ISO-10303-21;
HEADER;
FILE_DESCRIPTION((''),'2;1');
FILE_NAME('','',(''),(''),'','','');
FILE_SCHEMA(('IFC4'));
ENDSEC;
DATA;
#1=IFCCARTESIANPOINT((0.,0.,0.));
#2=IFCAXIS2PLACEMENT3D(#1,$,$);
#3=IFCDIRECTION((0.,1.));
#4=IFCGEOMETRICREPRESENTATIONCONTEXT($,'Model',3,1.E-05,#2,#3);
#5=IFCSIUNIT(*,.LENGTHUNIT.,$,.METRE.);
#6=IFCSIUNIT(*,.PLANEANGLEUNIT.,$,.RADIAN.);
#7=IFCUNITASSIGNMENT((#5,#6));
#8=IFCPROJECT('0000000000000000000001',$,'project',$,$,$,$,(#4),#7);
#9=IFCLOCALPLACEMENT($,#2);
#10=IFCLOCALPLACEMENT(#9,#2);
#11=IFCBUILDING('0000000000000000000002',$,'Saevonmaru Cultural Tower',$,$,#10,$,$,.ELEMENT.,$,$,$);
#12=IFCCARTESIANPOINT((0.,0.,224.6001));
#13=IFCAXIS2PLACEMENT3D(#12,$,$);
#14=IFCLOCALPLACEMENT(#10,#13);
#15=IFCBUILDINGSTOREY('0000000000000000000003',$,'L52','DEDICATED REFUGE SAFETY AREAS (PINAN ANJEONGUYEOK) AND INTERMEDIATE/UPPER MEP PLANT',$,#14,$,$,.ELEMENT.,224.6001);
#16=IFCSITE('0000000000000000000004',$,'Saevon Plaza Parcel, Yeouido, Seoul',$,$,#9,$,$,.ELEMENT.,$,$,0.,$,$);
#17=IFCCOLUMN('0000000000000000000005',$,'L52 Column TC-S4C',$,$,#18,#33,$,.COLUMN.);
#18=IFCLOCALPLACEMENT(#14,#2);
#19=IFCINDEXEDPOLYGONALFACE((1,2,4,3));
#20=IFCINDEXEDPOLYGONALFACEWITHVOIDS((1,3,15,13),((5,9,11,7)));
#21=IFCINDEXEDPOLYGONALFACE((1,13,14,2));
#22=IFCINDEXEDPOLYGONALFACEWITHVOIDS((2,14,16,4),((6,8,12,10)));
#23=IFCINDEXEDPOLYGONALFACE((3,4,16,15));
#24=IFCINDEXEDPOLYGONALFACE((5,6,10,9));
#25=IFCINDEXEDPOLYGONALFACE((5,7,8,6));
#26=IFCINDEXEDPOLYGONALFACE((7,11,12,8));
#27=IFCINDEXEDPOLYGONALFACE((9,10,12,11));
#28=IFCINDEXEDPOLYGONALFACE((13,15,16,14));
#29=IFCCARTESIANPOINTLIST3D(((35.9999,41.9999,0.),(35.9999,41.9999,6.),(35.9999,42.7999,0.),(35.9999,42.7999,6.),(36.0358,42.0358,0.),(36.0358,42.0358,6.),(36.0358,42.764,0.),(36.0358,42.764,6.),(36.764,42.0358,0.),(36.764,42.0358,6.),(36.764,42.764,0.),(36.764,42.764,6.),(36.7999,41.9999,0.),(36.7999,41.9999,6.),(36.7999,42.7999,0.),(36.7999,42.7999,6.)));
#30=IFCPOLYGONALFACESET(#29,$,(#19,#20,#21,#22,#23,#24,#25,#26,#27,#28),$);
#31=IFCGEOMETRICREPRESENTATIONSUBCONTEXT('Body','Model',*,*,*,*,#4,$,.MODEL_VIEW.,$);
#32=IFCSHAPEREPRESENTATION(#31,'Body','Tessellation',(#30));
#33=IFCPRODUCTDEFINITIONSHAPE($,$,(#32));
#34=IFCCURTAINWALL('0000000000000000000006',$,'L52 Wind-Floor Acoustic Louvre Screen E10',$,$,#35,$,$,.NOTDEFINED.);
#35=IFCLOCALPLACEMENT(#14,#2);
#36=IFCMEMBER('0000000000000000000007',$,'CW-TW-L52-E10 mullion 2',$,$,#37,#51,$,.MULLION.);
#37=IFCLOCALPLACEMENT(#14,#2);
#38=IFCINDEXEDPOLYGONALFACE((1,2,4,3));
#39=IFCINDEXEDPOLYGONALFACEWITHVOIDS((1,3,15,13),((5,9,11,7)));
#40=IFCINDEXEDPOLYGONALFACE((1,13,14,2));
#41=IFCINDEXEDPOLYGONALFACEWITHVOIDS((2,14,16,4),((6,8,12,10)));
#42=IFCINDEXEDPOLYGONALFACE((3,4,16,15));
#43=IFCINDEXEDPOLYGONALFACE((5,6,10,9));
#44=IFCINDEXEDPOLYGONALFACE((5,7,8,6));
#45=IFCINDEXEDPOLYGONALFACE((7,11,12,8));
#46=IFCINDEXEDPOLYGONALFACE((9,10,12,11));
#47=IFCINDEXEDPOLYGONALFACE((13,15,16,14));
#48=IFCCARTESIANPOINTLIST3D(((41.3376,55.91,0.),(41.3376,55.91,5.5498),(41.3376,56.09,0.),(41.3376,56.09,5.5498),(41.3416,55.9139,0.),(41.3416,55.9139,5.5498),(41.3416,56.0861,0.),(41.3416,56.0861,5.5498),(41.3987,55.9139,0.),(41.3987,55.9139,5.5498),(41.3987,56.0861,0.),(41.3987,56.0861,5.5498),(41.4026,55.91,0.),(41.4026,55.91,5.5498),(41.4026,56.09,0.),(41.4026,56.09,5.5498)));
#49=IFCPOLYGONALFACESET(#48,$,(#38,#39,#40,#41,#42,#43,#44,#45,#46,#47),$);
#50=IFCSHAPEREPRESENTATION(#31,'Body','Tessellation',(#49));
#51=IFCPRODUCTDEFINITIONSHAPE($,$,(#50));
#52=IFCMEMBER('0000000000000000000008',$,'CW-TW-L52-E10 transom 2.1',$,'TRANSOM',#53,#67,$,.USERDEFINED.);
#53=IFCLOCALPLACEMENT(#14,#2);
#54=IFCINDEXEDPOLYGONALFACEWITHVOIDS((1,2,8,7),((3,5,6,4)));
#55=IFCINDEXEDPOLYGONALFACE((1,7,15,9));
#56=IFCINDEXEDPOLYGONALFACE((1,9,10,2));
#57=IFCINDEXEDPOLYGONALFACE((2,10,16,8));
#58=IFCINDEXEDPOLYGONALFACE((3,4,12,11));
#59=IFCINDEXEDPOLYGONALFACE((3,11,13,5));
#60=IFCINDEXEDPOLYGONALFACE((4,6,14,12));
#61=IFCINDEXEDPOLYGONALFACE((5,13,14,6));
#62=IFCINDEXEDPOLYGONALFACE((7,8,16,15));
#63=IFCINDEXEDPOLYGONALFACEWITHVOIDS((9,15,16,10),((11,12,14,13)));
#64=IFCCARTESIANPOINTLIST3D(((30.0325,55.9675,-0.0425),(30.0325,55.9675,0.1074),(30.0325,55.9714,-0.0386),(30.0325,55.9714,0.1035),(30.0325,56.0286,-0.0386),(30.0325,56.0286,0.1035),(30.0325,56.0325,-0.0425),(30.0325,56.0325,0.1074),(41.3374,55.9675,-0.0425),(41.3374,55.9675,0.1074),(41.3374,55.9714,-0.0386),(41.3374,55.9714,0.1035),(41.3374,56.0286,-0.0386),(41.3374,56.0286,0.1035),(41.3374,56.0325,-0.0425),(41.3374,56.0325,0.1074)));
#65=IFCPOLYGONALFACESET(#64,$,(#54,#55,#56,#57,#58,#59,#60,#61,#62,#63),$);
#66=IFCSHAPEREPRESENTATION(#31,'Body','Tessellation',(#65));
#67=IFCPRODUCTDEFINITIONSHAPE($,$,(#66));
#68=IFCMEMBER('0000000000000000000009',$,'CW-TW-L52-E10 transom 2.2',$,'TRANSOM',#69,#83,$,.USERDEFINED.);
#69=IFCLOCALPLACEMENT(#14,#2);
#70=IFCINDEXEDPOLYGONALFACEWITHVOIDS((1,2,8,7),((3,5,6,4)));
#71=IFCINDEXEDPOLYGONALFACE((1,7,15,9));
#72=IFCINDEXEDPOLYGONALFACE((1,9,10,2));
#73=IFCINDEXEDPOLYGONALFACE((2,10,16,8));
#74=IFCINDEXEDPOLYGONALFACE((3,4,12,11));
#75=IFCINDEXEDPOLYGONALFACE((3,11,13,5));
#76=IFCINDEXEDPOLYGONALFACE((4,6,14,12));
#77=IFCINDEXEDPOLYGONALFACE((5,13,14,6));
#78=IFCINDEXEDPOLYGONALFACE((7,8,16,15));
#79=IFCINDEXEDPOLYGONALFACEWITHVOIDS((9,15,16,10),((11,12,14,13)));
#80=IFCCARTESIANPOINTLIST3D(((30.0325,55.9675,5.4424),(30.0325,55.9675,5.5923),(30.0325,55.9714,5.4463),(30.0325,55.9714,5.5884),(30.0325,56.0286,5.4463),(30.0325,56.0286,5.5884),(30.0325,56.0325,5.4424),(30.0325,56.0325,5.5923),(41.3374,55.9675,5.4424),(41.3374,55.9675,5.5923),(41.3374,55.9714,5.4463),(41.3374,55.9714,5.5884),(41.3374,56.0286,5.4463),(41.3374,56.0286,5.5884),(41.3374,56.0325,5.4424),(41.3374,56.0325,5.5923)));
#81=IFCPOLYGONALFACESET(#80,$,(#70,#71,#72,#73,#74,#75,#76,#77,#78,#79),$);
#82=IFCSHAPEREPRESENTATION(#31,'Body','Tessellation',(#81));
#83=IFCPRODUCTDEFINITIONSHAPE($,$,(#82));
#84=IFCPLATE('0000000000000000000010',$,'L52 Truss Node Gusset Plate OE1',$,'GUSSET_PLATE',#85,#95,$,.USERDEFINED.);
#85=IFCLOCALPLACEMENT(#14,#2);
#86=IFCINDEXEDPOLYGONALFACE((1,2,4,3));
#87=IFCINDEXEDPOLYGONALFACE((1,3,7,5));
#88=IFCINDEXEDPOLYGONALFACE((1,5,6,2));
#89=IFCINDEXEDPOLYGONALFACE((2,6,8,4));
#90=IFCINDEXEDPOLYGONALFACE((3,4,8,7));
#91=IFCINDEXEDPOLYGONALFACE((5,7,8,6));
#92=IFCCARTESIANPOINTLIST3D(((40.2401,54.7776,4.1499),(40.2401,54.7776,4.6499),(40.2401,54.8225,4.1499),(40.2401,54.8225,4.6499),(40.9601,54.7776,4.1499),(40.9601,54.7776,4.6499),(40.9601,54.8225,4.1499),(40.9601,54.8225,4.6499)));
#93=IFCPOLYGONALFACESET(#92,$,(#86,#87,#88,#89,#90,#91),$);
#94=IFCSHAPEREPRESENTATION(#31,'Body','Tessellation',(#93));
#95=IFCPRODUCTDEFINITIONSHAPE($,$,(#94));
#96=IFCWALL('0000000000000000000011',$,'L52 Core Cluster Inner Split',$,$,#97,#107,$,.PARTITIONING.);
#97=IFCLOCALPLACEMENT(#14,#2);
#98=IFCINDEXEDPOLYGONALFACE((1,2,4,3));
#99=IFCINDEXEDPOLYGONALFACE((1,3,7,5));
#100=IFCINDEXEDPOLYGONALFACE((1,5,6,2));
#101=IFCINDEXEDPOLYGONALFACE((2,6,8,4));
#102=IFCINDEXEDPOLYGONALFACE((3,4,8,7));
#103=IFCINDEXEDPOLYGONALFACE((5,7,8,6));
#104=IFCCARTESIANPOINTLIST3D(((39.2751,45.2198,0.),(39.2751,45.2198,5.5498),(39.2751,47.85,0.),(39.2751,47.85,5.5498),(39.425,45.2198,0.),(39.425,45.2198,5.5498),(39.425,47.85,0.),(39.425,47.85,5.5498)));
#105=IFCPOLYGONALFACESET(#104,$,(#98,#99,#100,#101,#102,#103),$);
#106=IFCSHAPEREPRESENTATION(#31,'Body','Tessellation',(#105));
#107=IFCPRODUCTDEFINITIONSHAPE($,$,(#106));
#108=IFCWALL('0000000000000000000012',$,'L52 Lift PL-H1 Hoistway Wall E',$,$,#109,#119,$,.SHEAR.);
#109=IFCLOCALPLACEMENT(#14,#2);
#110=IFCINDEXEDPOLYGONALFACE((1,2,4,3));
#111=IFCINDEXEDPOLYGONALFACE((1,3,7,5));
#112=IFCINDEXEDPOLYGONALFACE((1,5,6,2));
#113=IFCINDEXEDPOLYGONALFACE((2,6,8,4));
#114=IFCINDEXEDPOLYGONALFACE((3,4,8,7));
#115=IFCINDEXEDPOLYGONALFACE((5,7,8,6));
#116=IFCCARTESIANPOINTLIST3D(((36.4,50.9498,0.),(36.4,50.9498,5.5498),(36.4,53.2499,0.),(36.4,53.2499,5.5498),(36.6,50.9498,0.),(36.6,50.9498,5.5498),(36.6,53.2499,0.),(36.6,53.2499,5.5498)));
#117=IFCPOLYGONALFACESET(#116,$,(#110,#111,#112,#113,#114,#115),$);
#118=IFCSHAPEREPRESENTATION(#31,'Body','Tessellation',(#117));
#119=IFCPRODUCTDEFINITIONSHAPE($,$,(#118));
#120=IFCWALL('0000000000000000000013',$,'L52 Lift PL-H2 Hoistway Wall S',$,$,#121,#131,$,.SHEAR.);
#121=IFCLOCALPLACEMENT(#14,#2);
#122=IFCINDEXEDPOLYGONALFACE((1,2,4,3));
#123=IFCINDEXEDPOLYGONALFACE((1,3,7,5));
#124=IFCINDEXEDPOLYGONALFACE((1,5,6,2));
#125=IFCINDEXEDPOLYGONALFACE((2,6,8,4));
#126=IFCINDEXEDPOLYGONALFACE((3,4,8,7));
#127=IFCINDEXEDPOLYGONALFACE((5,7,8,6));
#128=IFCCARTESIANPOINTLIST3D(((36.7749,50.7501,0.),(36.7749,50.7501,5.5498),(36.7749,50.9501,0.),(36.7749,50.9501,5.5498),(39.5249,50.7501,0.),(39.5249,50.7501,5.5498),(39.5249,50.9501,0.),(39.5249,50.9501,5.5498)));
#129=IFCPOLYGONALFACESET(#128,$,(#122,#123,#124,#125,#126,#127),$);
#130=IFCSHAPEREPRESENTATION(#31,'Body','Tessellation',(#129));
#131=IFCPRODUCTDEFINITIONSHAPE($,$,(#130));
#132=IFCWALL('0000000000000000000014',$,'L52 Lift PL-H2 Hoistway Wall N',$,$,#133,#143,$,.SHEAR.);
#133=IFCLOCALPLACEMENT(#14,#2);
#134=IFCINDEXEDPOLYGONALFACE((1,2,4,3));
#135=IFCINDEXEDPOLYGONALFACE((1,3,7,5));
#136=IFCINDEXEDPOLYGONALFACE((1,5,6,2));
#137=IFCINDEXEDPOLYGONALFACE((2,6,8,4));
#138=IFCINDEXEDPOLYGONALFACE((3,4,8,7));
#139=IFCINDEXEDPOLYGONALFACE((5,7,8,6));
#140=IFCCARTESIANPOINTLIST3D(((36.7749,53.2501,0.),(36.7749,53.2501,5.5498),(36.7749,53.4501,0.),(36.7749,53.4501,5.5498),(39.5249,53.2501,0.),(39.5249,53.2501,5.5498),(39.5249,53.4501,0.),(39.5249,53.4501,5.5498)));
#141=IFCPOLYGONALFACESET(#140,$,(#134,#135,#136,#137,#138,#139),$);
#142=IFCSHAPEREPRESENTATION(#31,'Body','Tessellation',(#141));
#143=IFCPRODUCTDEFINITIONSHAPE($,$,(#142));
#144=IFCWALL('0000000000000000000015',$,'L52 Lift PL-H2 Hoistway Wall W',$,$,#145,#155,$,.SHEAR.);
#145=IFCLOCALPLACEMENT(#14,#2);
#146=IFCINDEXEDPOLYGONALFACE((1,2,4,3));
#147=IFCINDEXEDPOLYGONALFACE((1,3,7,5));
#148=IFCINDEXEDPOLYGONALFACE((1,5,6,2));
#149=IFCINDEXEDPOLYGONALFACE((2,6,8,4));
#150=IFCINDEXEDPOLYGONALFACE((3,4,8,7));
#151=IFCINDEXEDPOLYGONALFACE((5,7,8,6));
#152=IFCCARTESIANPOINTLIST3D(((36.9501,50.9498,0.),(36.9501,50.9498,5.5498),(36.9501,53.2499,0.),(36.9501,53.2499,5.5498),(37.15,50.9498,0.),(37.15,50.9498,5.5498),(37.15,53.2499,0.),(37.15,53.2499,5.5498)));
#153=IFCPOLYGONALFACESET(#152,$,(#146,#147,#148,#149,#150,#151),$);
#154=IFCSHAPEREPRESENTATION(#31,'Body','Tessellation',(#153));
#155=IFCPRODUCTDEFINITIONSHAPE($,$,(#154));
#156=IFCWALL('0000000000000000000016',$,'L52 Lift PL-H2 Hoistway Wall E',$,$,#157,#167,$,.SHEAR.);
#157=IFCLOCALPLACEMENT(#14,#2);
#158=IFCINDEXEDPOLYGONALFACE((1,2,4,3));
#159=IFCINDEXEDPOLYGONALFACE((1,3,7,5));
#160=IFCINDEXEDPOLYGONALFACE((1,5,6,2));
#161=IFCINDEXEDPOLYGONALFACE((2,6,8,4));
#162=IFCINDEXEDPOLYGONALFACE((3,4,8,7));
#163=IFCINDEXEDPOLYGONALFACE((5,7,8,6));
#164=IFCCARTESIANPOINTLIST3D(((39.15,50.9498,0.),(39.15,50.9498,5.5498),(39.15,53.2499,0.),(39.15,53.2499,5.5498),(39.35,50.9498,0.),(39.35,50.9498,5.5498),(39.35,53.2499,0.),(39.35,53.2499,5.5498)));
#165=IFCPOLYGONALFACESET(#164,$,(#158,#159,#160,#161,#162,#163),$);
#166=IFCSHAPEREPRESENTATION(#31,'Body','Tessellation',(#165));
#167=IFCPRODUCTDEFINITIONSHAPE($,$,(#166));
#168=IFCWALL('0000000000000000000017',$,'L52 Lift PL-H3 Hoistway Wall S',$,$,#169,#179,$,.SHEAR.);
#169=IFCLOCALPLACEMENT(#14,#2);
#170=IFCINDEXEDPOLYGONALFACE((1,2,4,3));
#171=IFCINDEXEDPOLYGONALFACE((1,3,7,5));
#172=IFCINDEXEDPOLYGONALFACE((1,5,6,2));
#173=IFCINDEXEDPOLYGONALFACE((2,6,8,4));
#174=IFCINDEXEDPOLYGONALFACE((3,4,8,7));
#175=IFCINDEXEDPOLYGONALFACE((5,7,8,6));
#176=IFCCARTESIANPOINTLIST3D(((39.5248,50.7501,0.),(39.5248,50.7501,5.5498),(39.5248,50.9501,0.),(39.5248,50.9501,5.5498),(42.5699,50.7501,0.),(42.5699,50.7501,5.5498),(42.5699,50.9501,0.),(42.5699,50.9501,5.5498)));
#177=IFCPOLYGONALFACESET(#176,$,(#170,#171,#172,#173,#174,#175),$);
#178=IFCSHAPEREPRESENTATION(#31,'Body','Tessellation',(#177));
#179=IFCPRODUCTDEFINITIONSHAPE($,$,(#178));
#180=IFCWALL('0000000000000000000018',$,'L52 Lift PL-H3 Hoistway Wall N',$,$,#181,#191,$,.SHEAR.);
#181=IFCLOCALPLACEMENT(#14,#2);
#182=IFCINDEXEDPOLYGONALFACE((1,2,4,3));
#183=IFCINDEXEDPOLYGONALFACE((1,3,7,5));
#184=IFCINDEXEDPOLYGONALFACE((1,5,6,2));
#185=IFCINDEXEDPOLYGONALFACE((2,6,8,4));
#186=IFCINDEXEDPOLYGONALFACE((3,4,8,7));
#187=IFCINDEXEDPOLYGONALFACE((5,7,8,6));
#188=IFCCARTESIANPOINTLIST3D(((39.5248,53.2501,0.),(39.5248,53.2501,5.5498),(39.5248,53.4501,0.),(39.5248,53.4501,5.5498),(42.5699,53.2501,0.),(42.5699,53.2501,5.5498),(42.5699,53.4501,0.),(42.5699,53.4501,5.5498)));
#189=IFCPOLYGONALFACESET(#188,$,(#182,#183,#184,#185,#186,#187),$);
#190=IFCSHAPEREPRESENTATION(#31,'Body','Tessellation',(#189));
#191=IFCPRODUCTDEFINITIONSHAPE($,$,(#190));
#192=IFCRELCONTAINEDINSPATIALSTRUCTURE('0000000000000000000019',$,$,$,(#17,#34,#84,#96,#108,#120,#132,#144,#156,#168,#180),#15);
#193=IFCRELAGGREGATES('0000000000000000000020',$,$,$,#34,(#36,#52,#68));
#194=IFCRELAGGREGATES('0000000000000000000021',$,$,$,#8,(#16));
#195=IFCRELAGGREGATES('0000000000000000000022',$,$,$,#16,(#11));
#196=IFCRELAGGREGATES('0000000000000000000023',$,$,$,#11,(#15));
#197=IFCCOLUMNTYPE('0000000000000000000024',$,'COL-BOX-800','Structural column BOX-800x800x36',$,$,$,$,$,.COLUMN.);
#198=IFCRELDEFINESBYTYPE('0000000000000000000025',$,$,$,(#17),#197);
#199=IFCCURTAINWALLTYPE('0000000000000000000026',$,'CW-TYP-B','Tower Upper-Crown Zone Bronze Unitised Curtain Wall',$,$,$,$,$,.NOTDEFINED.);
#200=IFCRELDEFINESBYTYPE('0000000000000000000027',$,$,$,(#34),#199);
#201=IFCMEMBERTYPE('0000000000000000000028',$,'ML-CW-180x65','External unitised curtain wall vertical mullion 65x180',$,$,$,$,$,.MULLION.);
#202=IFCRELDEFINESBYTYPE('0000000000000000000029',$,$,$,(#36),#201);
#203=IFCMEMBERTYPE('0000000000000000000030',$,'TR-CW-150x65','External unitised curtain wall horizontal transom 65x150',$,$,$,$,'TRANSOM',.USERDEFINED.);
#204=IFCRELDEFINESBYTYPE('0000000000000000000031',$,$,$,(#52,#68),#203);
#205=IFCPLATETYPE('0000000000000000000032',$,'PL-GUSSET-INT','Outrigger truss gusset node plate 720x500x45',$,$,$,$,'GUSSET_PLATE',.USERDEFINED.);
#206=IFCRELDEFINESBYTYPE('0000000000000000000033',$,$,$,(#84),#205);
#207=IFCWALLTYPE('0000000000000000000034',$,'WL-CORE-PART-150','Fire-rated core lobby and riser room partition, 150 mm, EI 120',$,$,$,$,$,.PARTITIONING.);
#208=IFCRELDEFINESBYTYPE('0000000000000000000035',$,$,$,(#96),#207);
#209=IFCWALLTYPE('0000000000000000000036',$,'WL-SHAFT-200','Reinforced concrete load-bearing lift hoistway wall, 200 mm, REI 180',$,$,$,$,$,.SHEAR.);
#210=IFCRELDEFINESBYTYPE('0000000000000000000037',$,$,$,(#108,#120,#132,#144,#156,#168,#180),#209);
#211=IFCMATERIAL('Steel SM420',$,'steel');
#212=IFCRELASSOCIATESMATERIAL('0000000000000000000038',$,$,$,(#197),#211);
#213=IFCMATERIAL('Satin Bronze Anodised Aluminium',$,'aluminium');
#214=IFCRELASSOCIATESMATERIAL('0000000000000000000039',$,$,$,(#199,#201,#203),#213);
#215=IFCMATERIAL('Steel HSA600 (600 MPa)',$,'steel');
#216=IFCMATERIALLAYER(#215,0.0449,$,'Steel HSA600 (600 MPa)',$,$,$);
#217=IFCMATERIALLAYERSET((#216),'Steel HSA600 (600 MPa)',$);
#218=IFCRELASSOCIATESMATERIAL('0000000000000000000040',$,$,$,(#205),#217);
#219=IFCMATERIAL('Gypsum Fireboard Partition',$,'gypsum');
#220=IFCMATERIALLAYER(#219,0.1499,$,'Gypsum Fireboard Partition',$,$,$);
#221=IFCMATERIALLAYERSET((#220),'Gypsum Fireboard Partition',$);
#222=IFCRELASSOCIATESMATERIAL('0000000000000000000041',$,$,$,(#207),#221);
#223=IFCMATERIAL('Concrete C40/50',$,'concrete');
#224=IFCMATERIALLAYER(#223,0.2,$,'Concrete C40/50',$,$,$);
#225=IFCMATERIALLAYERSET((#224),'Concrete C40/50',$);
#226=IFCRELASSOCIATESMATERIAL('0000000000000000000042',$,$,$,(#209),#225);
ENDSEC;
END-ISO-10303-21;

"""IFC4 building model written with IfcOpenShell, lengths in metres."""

from ifc_helpers import new_model, si_unit, direction, frame, frame_2d, origin, origin_2d, place, context, subcontext, project, spatial, rectangle, hollow_rectangle, extrude, material, layer, layer_set, material_profile, profile_set, type_object, element, aggregate, save


model = new_model("IFC4")

# Units and contexts
model_context = context("Model", 3, precision=1e-05, world=origin(), true_north=direction((0.0, 1.0)))
body_context = subcontext(model_context, "Body", "Model", "MODEL_VIEW")
ifc_project = project(units=[si_unit("LENGTHUNIT", "METRE"), si_unit("PLANEANGLEUNIT", "RADIAN")], contexts=[model_context])

# Site, building, storey
site_placement = place(None, origin())
site = spatial("IfcSite", under=ifc_project, at=site_placement, Name="Saevon Plaza Parcel, Yeouido, Seoul", CompositionType="ELEMENT", RefElevation=0.0)
building_placement = place(site_placement, origin())
building = spatial("IfcBuilding", under=site, at=building_placement, Name="Saevonmaru Cultural Tower", CompositionType="ELEMENT")
storey_placement = place(building_placement, frame((0.0, 0.0, 224.6001)))
storey = spatial("IfcBuildingStorey", under=building, at=storey_placement, Name="L52", Description="DEDICATED REFUGE SAFETY AREAS (PINAN ANJEONGUYEOK) AND INTERMEDIATE/UPPER MEP PLANT", CompositionType="ELEMENT", Elevation=224.6001)

# Column
ifc_material_1 = material(Name="Steel SM420", Category="steel")
ifc_material_profile_1 = material_profile(ifc_material_1, hollow_rectangle(XDim=0.8, YDim=0.8, WallThickness=0.0359, at=origin_2d()), Name="BOX-800x800x36")
ifc_profile_set_1 = profile_set([ifc_material_profile_1], Name="Steel SM420")
column_type = type_object("IfcColumnType", Name="COL-BOX-800", Description="Structural column BOX-800x800x36", PredefinedType="COLUMN", material=ifc_profile_set_1)
column_placement = place(storey_placement, frame((36.3999, 42.3999, 0.0), z_axis=(0.0, 0.0, 1.0), x_axis=(1.0, 0.0, 0.0)))
element("IfcColumn", 1, at=column_placement, inside=storey, type_object=column_type, Name="L52 Column TC-S4C", PredefinedType="COLUMN", context=body_context, shape_type="SweptSolid", body=[
    extrude(hollow_rectangle(XDim=0.8, YDim=0.8, WallThickness=0.0359, at=origin_2d()), origin(), (0.0, 0.0, 1.0), 6.0),
])

# Curtain wall, members
ifc_material_2 = material(Name="Satin Bronze Anodised Aluminium", Category="aluminium")
curtain_wall_type = type_object("IfcCurtainWallType", Name="CW-TYP-B", Description="Tower Upper-Crown Zone Bronze Unitised Curtain Wall", PredefinedType="NOTDEFINED", material=ifc_material_2)
curtain_wall_placement = place(storey_placement, origin())
curtain_wall = element("IfcCurtainWall", 2, at=curtain_wall_placement, inside=storey, type_object=curtain_wall_type, Name="L52 Wind-Floor Acoustic Louvre Screen E10", PredefinedType="NOTDEFINED")
ifc_material_profile_2 = material_profile(ifc_material_2, hollow_rectangle(XDim=0.0649, YDim=0.1799, WallThickness=0.0039, at=origin_2d()), Name="ALU-MULL-180x65x4")
ifc_profile_set_2 = profile_set([ifc_material_profile_2], Name="Satin Bronze Anodised Aluminium")
member_type_1 = type_object("IfcMemberType", Name="ML-CW-180x65", Description="External unitised curtain wall vertical mullion 65x180", PredefinedType="MULLION", material=ifc_profile_set_2)
member_1_placement = place(storey_placement, frame((41.3701, 56.0, 0.0), z_axis=(0.0, 0.0, 1.0), x_axis=(-1.0, 0.0, 0.0)))
member_1 = element("IfcMember", 3, at=member_1_placement, type_object=member_type_1, Name="CW-TW-L52-E10 mullion 2", PredefinedType="MULLION", context=body_context, shape_type="SweptSolid", body=[
    extrude(hollow_rectangle(XDim=0.0649, YDim=0.1799, WallThickness=0.0039, at=origin_2d()), origin(), (0.0, 0.0, 1.0), 5.5498),
])
ifc_material_profile_3 = material_profile(ifc_material_2, hollow_rectangle(XDim=0.0649, YDim=0.1499, WallThickness=0.0039, at=origin_2d()), Name="ALU-TRAN-150x65x4")
ifc_profile_set_3 = profile_set([ifc_material_profile_3], Name="Satin Bronze Anodised Aluminium")
member_type_2 = type_object("IfcMemberType", Name="TR-CW-150x65", Description="External unitised curtain wall horizontal transom 65x150", ElementType="TRANSOM", PredefinedType="USERDEFINED", material=ifc_profile_set_3)
member_2_placement = place(storey_placement, frame((41.3374, 56.0, 0.0325), z_axis=(-1.0, 0.0, 0.0), x_axis=(0.0, -1.0, 0.0)))
member_2 = element("IfcMember", 4, at=member_2_placement, type_object=member_type_2, Name="CW-TW-L52-E10 transom 2.1", ObjectType="TRANSOM", PredefinedType="USERDEFINED", context=body_context, shape_type="SweptSolid", body=[
    extrude(hollow_rectangle(XDim=0.0649, YDim=0.1499, WallThickness=0.0039, at=origin_2d()), origin(), (0.0, 0.0, 1.0), 11.3049),
])
member_3_placement = place(storey_placement, frame((41.3374, 56.0, 5.5173), z_axis=(-1.0, 0.0, 0.0), x_axis=(0.0, -1.0, 0.0)))
member_3 = element("IfcMember", 5, at=member_3_placement, type_object=member_type_2, Name="CW-TW-L52-E10 transom 2.2", ObjectType="TRANSOM", PredefinedType="USERDEFINED", context=body_context, shape_type="SweptSolid", body=[
    extrude(hollow_rectangle(XDim=0.0649, YDim=0.1499, WallThickness=0.0039, at=origin_2d()), origin(), (0.0, 0.0, 1.0), 11.3049),
])
aggregate(curtain_wall, [member_1, member_2, member_3])

# Plate
ifc_material_3 = material(Name="Steel HSA600 (600 MPa)", Category="steel")
ifc_layer_1 = layer(ifc_material_3, 0.0449, Name="Steel HSA600 (600 MPa)")
ifc_layer_set_1 = layer_set([ifc_layer_1], Name="Steel HSA600 (600 MPa)")
plate_type = type_object("IfcPlateType", Name="PL-GUSSET-INT", Description="Outrigger truss gusset node plate 720x500x45", ElementType="GUSSET_PLATE", PredefinedType="USERDEFINED", material=ifc_layer_set_1)
plate_placement = place(storey_placement, frame((40.6001, 54.8, 4.1499), z_axis=(0.0, 0.0, 1.0), x_axis=(1.0, 0.0, 0.0)))
element("IfcPlate", 6, at=plate_placement, inside=storey, type_object=plate_type, Name="L52 Truss Node Gusset Plate OE1", ObjectType="GUSSET_PLATE", PredefinedType="USERDEFINED", context=body_context, shape_type="SweptSolid", body=[
    extrude(rectangle(XDim=0.72, YDim=0.0449, at=origin_2d()), origin(), (0.0, 0.0, 1.0), 0.5),
])

# Walls
ifc_material_4 = material(Name="Gypsum Fireboard Partition", Category="gypsum")
ifc_layer_2 = layer(ifc_material_4, 0.1499, Name="Gypsum Fireboard Partition")
ifc_layer_set_2 = layer_set([ifc_layer_2], Name="Gypsum Fireboard Partition")
wall_type_1 = type_object("IfcWallType", Name="WL-CORE-PART-150", Description="Fire-rated core lobby and riser room partition, 150 mm, EI 120", PredefinedType="PARTITIONING", material=ifc_layer_set_2)
wall_1_placement = place(storey_placement, frame((39.3501, 45.22, 0.0), z_axis=(0.0, 0.0, 1.0), x_axis=(0.0, 1.0, 0.0)))
element("IfcWall", 7, at=wall_1_placement, inside=storey, type_object=wall_type_1, Name="L52 Core Cluster Inner Split", PredefinedType="PARTITIONING", context=body_context, shape_type="SweptSolid", body=[
    extrude(rectangle(XDim=2.6301, YDim=0.1499, at=frame_2d((1.3149, 0.0))), origin(), (0.0, 0.0, 1.0), 5.5498),
])
ifc_material_5 = material(Name="Concrete C40/50", Category="concrete")
ifc_layer_3 = layer(ifc_material_5, 0.2, Name="Concrete C40/50")
ifc_layer_set_3 = layer_set([ifc_layer_3], Name="Concrete C40/50")
wall_type_2 = type_object("IfcWallType", Name="WL-SHAFT-200", Description="Reinforced concrete load-bearing lift hoistway wall, 200 mm, REI 180", PredefinedType="SHEAR", material=ifc_layer_set_3)
wall_2_placement = place(storey_placement, frame((36.5, 50.95, 0.0), z_axis=(0.0, 0.0, 1.0), x_axis=(0.0, 1.0, 0.0)))
element("IfcWall", 8, at=wall_2_placement, inside=storey, type_object=wall_type_2, Name="L52 Lift PL-H1 Hoistway Wall E", PredefinedType="SHEAR", context=body_context, shape_type="SweptSolid", body=[
    extrude(rectangle(XDim=2.3, YDim=0.2, at=frame_2d((1.1499, 0.0))), origin(), (0.0, 0.0, 1.0), 5.5498),
])
for number, where, z_axis, x_axis, name in (
    (9, (36.7749, 50.8501, 0.0), (0.0, 0.0, 1.0), (1.0, 0.0, 0.0), "L52 Lift PL-H2 Hoistway Wall S"),
    (10, (36.7749, 53.3501, 0.0), (0.0, 0.0, 1.0), (1.0, 0.0, 0.0), "L52 Lift PL-H2 Hoistway Wall N"),
):
    element("IfcWall", number, at=place(storey_placement, frame(where, z_axis=z_axis, x_axis=x_axis)), inside=storey, type_object=wall_type_2, Name=name, PredefinedType="SHEAR", context=body_context, shape_type="SweptSolid", body=[
        extrude(rectangle(XDim=2.75, YDim=0.2, at=frame_2d((1.375, 0.0))), origin(), (0.0, 0.0, 1.0), 5.5498),
    ])
for number, where, z_axis, x_axis, name in (
    (11, (37.05, 50.95, 0.0), (0.0, 0.0, 1.0), (0.0, 1.0, 0.0), "L52 Lift PL-H2 Hoistway Wall W"),
    (12, (39.25, 50.95, 0.0), (0.0, 0.0, 1.0), (0.0, 1.0, 0.0), "L52 Lift PL-H2 Hoistway Wall E"),
):
    element("IfcWall", number, at=place(storey_placement, frame(where, z_axis=z_axis, x_axis=x_axis)), inside=storey, type_object=wall_type_2, Name=name, PredefinedType="SHEAR", context=body_context, shape_type="SweptSolid", body=[
        extrude(rectangle(XDim=2.3, YDim=0.2, at=frame_2d((1.1499, 0.0))), origin(), (0.0, 0.0, 1.0), 5.5498),
    ])
for number, where, z_axis, x_axis, name in (
    (13, (39.5249, 50.8501, 0.0), (0.0, 0.0, 1.0), (1.0, 0.0, 0.0), "L52 Lift PL-H3 Hoistway Wall S"),
    (14, (39.5249, 53.3501, 0.0), (0.0, 0.0, 1.0), (1.0, 0.0, 0.0), "L52 Lift PL-H3 Hoistway Wall N"),
):
    element("IfcWall", number, at=place(storey_placement, frame(where, z_axis=z_axis, x_axis=x_axis)), inside=storey, type_object=wall_type_2, Name=name, PredefinedType="SHEAR", context=body_context, shape_type="SweptSolid", body=[
        extrude(rectangle(XDim=3.0452, YDim=0.2, at=frame_2d((1.5225, 0.0))), origin(), (0.0, 0.0, 1.0), 5.5498),
    ])

save(model, "model.ifc")
